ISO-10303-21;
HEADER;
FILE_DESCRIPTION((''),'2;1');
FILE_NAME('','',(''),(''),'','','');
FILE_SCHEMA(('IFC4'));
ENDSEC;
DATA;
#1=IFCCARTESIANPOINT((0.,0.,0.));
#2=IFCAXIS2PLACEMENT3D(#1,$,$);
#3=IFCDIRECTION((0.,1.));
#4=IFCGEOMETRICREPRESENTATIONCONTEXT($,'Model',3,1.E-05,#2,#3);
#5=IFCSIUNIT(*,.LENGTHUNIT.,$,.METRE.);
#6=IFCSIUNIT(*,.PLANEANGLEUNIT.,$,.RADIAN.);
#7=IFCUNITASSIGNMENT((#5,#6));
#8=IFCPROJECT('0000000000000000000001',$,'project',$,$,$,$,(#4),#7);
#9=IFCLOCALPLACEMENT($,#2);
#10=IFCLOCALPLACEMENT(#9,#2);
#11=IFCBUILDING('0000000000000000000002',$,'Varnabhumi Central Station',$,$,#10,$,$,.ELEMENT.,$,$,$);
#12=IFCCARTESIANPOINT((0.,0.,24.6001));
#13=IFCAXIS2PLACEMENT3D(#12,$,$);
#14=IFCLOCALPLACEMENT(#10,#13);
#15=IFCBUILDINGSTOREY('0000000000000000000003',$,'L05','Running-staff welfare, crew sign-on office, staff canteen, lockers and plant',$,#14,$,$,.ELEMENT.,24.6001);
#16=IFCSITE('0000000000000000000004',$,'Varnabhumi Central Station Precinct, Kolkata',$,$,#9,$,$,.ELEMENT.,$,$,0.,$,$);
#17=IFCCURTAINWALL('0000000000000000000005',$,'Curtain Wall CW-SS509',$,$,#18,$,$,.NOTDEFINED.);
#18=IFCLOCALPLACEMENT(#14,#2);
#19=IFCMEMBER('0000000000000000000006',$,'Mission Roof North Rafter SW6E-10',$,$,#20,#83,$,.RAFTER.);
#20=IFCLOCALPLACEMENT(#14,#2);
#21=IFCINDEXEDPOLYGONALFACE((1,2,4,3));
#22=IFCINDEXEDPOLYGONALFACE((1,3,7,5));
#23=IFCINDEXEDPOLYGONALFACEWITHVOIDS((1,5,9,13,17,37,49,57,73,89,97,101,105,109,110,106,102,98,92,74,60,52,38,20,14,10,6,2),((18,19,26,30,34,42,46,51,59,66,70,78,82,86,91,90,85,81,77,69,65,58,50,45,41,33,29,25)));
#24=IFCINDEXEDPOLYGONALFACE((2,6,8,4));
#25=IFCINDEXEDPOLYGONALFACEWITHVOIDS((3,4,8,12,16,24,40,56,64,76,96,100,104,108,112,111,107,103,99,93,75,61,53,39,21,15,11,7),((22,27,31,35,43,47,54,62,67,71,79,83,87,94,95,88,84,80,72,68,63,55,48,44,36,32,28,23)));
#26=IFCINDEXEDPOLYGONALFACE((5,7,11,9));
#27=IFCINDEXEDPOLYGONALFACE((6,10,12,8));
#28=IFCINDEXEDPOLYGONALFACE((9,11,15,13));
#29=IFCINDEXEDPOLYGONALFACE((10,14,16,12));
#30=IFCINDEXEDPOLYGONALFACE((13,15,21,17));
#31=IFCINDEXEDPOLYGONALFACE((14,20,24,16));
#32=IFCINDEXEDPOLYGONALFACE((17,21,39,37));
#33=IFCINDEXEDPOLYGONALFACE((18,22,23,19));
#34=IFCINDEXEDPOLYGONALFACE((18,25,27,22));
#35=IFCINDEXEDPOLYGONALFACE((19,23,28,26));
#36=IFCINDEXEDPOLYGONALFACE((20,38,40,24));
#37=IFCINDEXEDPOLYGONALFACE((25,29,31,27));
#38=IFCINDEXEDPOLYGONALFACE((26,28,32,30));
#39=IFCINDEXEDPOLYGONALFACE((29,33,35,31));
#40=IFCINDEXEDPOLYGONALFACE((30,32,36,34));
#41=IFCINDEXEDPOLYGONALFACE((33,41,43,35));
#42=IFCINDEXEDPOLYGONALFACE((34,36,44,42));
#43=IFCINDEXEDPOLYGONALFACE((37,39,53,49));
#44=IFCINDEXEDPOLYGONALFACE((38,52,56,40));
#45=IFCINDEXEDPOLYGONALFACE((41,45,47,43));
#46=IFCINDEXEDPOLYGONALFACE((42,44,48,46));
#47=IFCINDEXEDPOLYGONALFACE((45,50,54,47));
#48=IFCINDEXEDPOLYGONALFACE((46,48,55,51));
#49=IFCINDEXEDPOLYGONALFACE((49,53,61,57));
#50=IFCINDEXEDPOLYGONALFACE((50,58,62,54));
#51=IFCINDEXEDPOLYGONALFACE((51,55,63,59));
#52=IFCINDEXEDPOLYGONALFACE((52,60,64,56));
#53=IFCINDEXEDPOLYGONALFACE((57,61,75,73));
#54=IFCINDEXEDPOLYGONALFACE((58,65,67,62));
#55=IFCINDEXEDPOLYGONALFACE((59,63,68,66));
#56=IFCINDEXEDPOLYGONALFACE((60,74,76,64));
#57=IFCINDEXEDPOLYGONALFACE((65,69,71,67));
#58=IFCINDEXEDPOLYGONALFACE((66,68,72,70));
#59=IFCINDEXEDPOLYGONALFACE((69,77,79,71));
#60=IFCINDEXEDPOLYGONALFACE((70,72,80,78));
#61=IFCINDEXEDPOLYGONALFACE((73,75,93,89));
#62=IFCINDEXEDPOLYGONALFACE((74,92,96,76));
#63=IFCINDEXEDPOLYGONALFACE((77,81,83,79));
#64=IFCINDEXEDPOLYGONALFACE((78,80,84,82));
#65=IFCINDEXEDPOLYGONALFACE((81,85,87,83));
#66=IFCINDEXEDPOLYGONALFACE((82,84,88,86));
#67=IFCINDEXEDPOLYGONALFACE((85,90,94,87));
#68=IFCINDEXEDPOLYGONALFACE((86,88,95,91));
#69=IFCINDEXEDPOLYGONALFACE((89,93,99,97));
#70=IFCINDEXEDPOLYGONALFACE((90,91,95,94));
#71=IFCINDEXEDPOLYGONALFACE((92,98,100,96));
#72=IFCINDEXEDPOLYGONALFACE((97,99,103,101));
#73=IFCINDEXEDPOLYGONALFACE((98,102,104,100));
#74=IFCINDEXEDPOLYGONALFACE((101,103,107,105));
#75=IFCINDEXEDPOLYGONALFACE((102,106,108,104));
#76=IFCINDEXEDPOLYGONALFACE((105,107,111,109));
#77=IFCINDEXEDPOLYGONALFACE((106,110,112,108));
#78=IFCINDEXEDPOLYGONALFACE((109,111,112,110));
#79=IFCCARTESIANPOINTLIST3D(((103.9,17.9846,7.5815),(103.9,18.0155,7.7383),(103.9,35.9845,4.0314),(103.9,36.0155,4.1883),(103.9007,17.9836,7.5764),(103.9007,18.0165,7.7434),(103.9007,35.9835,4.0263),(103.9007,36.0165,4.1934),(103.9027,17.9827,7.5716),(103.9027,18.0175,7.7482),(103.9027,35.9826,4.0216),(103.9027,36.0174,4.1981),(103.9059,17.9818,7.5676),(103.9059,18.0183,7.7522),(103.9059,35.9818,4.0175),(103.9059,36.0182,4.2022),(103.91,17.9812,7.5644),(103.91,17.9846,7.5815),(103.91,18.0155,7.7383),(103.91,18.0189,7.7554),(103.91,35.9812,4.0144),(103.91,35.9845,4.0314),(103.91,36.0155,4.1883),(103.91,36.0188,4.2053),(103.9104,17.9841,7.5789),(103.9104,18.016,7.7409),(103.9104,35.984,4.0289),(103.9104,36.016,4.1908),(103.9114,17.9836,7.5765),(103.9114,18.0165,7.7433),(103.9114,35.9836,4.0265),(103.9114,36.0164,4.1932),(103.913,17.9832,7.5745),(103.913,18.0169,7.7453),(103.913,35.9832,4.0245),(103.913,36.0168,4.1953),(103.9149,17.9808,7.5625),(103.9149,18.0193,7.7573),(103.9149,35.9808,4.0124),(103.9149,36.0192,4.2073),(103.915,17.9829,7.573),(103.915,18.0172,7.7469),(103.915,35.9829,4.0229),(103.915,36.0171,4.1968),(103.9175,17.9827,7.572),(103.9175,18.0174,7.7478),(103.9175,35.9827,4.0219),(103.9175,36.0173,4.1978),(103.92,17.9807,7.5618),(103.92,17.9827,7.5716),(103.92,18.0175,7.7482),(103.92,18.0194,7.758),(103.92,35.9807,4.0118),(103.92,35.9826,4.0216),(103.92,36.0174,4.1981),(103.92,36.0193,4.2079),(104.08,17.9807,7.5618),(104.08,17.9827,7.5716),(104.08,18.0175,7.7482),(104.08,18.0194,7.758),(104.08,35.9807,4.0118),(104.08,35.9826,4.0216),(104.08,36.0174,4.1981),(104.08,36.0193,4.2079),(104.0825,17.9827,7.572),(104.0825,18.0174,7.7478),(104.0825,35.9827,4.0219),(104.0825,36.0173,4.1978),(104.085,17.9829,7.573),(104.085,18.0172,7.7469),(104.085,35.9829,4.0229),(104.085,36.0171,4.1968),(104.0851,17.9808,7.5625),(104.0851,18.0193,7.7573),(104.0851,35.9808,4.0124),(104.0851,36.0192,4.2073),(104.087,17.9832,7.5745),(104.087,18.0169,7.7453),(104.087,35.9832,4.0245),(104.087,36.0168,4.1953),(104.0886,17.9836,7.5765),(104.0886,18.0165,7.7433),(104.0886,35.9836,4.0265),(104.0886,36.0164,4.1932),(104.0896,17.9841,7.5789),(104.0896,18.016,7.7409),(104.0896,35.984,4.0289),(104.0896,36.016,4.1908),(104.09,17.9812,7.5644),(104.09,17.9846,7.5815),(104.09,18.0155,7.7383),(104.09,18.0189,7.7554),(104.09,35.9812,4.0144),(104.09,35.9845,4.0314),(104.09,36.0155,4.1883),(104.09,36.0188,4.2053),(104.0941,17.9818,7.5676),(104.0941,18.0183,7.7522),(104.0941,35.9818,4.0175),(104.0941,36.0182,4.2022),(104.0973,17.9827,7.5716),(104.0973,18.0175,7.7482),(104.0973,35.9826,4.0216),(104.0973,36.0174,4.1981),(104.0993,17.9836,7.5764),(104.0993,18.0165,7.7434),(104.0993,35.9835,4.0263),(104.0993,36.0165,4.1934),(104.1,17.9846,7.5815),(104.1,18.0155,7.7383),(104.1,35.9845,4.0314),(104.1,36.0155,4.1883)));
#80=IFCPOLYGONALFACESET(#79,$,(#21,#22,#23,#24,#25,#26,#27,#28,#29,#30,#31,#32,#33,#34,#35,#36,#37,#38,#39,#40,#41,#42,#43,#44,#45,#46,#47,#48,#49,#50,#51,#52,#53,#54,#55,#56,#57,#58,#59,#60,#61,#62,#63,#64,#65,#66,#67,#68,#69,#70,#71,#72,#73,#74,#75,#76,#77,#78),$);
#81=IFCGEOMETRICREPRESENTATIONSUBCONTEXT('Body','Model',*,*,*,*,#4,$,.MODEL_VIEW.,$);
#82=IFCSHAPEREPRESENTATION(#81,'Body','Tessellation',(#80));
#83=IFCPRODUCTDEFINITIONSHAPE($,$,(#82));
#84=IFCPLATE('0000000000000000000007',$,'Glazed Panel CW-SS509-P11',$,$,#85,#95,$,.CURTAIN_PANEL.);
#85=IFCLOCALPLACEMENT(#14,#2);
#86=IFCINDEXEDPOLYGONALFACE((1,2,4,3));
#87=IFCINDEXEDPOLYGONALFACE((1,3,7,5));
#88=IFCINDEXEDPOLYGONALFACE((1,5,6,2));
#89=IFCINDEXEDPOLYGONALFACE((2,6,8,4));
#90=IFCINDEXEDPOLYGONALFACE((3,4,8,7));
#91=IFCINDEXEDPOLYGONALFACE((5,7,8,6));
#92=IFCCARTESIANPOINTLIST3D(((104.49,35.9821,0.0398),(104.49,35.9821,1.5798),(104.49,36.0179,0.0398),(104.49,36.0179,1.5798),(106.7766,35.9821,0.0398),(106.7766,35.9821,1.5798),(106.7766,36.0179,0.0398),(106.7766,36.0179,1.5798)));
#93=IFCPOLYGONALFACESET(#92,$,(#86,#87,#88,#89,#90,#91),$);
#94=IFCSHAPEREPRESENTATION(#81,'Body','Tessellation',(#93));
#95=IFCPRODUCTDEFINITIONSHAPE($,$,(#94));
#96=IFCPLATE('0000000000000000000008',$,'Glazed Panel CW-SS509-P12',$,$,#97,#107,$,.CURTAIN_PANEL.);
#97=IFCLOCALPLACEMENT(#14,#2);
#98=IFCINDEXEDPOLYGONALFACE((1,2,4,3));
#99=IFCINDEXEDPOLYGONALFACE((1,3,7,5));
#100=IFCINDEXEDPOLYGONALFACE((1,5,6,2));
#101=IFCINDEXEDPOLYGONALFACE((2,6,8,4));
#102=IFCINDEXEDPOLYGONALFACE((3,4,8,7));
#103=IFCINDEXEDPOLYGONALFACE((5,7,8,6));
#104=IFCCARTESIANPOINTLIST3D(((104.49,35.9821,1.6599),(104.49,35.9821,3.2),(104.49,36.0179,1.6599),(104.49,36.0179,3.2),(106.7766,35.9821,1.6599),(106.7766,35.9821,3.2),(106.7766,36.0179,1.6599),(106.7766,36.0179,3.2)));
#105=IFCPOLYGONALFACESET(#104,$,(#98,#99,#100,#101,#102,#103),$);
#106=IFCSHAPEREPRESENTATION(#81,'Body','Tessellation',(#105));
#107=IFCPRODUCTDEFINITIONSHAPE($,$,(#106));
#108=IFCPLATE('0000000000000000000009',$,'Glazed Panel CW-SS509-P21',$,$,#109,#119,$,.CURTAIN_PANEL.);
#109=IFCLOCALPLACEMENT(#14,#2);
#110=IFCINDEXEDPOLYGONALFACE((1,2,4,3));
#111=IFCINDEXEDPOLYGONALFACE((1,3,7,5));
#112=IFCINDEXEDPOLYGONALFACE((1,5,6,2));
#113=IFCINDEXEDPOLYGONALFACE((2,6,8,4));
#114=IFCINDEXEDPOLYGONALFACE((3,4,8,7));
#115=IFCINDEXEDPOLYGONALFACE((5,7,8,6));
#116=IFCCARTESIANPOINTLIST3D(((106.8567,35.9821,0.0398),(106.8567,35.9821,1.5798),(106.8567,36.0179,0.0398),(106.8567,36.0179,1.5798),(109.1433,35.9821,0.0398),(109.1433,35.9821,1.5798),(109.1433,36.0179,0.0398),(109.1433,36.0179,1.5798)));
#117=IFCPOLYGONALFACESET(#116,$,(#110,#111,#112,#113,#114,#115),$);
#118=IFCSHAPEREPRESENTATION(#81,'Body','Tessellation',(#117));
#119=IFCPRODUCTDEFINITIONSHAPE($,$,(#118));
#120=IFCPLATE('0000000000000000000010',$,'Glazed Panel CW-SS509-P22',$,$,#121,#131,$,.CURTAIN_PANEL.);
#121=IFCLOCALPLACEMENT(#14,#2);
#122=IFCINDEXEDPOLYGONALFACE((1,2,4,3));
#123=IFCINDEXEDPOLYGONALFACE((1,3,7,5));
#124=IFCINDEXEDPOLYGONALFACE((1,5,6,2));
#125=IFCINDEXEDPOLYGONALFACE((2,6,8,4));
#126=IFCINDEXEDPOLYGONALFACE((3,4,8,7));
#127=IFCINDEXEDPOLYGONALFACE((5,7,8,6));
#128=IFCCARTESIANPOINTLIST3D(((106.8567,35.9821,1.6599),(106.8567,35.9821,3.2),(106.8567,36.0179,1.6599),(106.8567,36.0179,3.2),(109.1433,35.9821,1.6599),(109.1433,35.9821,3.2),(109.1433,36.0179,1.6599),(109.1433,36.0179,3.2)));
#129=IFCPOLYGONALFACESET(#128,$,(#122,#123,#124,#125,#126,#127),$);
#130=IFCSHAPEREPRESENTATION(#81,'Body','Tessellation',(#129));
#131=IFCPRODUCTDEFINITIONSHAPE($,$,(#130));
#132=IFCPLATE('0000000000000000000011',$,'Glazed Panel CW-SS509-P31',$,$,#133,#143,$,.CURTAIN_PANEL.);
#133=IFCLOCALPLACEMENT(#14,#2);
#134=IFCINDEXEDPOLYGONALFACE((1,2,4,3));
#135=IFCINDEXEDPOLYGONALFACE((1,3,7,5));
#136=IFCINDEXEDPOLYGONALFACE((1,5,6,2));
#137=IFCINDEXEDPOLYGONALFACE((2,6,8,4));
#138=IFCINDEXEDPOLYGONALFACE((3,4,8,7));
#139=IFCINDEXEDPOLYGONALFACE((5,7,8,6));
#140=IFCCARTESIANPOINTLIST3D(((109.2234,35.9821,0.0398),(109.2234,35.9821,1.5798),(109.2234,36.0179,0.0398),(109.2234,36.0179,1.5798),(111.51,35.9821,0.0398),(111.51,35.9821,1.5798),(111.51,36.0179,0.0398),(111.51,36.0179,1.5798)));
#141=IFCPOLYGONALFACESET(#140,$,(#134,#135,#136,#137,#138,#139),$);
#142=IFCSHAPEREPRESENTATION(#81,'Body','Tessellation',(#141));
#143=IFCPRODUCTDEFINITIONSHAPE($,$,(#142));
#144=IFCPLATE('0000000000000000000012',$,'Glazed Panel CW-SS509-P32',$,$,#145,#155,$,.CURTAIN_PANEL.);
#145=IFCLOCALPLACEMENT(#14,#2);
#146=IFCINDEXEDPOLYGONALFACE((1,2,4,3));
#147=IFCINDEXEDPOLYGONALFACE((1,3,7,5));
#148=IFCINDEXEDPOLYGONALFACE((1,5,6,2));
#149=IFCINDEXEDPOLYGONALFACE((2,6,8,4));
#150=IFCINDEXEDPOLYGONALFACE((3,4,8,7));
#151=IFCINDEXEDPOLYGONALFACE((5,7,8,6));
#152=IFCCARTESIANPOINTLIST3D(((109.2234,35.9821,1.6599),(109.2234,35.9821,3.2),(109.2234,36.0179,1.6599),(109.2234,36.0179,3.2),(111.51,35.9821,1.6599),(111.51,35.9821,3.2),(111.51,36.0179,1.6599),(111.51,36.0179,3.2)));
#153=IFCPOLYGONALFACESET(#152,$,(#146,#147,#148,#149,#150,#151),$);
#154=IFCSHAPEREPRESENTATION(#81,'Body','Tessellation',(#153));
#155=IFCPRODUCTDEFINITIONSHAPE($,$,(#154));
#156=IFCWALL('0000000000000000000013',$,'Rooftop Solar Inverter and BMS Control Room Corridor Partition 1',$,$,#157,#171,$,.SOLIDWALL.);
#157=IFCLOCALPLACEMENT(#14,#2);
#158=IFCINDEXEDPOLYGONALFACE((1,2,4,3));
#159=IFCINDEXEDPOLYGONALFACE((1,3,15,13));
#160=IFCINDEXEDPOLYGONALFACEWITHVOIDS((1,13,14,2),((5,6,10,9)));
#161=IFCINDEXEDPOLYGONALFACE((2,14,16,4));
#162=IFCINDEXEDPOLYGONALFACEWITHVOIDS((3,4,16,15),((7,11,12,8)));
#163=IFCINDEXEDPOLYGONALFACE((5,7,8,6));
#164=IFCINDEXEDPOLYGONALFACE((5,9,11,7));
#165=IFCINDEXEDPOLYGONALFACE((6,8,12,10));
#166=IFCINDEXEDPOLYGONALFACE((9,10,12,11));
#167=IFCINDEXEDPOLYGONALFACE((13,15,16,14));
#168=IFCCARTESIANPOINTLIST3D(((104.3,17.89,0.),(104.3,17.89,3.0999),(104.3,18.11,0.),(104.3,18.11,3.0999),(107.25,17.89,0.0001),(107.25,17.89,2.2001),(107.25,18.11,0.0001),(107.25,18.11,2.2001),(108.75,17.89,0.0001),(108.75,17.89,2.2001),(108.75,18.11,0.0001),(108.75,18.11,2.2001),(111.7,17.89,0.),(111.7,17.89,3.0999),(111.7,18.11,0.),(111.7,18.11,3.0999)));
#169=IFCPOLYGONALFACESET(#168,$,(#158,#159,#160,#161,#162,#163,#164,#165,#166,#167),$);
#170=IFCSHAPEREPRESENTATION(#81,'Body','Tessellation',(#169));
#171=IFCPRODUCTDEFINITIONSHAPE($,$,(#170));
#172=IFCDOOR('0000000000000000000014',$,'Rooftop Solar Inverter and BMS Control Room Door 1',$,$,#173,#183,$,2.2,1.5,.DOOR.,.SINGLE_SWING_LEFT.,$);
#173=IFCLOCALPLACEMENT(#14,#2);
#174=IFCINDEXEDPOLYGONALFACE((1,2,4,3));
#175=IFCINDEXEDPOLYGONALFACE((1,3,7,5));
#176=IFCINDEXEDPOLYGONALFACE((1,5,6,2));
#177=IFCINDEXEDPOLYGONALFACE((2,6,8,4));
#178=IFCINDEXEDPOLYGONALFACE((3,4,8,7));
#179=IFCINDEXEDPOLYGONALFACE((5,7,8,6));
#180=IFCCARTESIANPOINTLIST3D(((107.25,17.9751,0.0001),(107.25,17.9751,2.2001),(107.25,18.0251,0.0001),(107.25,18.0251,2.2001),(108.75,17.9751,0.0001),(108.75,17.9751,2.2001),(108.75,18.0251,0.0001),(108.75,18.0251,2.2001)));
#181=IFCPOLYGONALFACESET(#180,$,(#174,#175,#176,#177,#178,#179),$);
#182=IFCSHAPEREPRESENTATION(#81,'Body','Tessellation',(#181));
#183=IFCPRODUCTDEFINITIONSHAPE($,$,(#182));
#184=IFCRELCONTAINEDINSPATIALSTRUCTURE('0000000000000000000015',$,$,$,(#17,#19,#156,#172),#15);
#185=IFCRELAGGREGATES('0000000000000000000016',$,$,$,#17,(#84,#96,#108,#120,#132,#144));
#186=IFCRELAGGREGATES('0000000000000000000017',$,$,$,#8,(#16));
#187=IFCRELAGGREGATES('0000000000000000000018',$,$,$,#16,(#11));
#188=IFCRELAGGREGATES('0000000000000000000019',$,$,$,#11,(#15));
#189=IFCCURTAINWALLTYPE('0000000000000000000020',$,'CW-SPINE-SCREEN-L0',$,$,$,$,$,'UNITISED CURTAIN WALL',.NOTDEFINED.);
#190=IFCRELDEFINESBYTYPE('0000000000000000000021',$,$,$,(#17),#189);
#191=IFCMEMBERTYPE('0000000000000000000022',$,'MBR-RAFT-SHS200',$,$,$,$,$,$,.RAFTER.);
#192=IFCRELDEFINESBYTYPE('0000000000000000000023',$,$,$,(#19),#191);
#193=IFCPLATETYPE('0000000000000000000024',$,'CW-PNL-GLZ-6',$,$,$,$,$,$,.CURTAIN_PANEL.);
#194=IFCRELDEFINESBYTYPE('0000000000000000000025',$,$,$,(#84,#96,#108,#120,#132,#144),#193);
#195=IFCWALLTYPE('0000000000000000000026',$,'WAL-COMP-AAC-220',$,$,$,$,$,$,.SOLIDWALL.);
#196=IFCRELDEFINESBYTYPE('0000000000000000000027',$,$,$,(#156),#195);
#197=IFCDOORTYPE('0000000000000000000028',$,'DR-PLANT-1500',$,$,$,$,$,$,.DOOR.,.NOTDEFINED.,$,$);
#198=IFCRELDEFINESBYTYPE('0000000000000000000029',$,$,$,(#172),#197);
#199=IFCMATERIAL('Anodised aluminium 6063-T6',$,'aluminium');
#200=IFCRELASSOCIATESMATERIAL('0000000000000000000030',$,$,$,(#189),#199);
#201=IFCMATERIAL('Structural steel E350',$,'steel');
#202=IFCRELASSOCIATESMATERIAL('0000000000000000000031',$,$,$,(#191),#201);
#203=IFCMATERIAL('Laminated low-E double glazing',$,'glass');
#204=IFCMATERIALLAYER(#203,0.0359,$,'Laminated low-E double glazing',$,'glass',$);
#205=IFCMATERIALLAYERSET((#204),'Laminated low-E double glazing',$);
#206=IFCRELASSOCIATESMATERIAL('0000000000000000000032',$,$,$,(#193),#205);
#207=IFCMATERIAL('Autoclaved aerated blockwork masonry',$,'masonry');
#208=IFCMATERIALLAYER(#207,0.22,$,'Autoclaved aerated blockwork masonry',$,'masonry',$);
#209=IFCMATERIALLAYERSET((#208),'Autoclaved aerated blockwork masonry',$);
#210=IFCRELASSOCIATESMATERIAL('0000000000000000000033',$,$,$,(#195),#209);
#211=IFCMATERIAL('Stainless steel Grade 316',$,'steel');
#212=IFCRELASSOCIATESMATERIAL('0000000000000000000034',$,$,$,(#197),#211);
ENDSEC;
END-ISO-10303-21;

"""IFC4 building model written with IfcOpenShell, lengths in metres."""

from ifc_helpers import new_model, si_unit, direction, frame, frame_2d, origin, origin_2d, place, context, subcontext, project, spatial, rectangle, hollow_rectangle, extrude, material, layer, layer_set, material_profile, profile_set, type_object, element, fill, aggregate, save


model = new_model("IFC4")

# Units and contexts
model_context = context("Model", 3, precision=1e-05, world=origin(), true_north=direction((0.0, 1.0)))
body_context = subcontext(model_context, "Body", "Model", "MODEL_VIEW")
ifc_project = project(units=[si_unit("LENGTHUNIT", "METRE"), si_unit("PLANEANGLEUNIT", "RADIAN")], contexts=[model_context])

# Site, building, storey
site_placement = place(None, origin())
site = spatial("IfcSite", under=ifc_project, at=site_placement, Name="Varnabhumi Central Station Precinct, Kolkata", CompositionType="ELEMENT", RefElevation=0.0)
building_placement = place(site_placement, origin())
building = spatial("IfcBuilding", under=site, at=building_placement, Name="Varnabhumi Central Station", CompositionType="ELEMENT")
storey_placement = place(building_placement, frame((0.0, 0.0, 24.6001)))
storey = spatial("IfcBuildingStorey", under=building, at=storey_placement, Name="L05", Description="Running-staff welfare, crew sign-on office, staff canteen, lockers and plant", CompositionType="ELEMENT", Elevation=24.6001)

# Shared definitions
ifc_material_1 = material(Name="Structural steel E350", Category="steel")

# Curtain wall
ifc_material_2 = material(Name="Anodised aluminium 6063-T6", Category="aluminium")
curtain_wall_type = type_object("IfcCurtainWallType", Name="CW-SPINE-SCREEN-L0", ElementType="UNITISED CURTAIN WALL", PredefinedType="NOTDEFINED", material=ifc_material_2)
curtain_wall_placement = place(storey_placement, origin())
curtain_wall = element("IfcCurtainWall", 1, at=curtain_wall_placement, inside=storey, type_object=curtain_wall_type, Name="Curtain Wall CW-SS509", PredefinedType="NOTDEFINED")

# Member
ifc_material_profile_1 = material_profile(ifc_material_1, hollow_rectangle(XDim=0.2, YDim=0.2, WallThickness=0.01, InnerFilletRadius=0.01, OuterFilletRadius=0.02, at=origin_2d()), Name="Structural steel E350", Category="steel")
ifc_profile_set_1 = profile_set([ifc_material_profile_1], Name="Structural steel E350")
member_type_1 = type_object("IfcMemberType", Name="MBR-RAFT-SHS200", PredefinedType="RAFTER", material=ifc_profile_set_1)
member_1_placement = place(storey_placement, frame((104.0, 36.0, 4.1099), z_axis=(0.0, -0.981101, 0.193498), x_axis=(1.0, 0.0, 0.0)))
element("IfcMember", 2, at=member_1_placement, inside=storey, type_object=member_type_1, Name="Mission Roof North Rafter SW6E-10", PredefinedType="RAFTER", context=body_context, shape_type="SweptSolid", body=[
    extrude(hollow_rectangle(XDim=0.2, YDim=0.2, WallThickness=0.01, InnerFilletRadius=0.01, OuterFilletRadius=0.02, at=origin_2d()), origin(), (0.0, 0.0, 1.0), 18.3467),
])

# Plates
ifc_material_3 = material(Name="Laminated low-E double glazing", Category="glass")
ifc_layer_1 = layer(ifc_material_3, 0.0359, Name="Laminated low-E double glazing", Category="glass")
ifc_layer_set_1 = layer_set([ifc_layer_1], Name="Laminated low-E double glazing")
plate_type = type_object("IfcPlateType", Name="CW-PNL-GLZ-6", PredefinedType="CURTAIN_PANEL", material=ifc_layer_set_1)
plate_1_placement = place(storey_placement, frame((105.6333, 36.0, 0.0398), z_axis=(0.0, 0.0, 1.0), x_axis=(1.0, 0.0, 0.0)))
plate_1 = element("IfcPlate", 3, at=plate_1_placement, type_object=plate_type, Name="Glazed Panel CW-SS509-P11", PredefinedType="CURTAIN_PANEL", context=body_context, shape_type="SweptSolid", body=[
    extrude(rectangle(XDim=2.2866, YDim=0.0359, at=origin_2d()), origin(), (0.0, 0.0, 1.0), 1.54),
])
plate_2_placement = place(storey_placement, frame((105.6333, 36.0, 1.6599), z_axis=(0.0, 0.0, 1.0), x_axis=(1.0, 0.0, 0.0)))
plate_2 = element("IfcPlate", 4, at=plate_2_placement, type_object=plate_type, Name="Glazed Panel CW-SS509-P12", PredefinedType="CURTAIN_PANEL", context=body_context, shape_type="SweptSolid", body=[
    extrude(rectangle(XDim=2.2866, YDim=0.0359, at=origin_2d()), origin(), (0.0, 0.0, 1.0), 1.54),
])
plate_3_placement = place(storey_placement, frame((108.0, 36.0, 0.0398), z_axis=(0.0, 0.0, 1.0), x_axis=(1.0, 0.0, 0.0)))
plate_3 = element("IfcPlate", 5, at=plate_3_placement, type_object=plate_type, Name="Glazed Panel CW-SS509-P21", PredefinedType="CURTAIN_PANEL", context=body_context, shape_type="SweptSolid", body=[
    extrude(rectangle(XDim=2.2866, YDim=0.0359, at=origin_2d()), origin(), (0.0, 0.0, 1.0), 1.54),
])
plate_4_placement = place(storey_placement, frame((108.0, 36.0, 1.6599), z_axis=(0.0, 0.0, 1.0), x_axis=(1.0, 0.0, 0.0)))
plate_4 = element("IfcPlate", 6, at=plate_4_placement, type_object=plate_type, Name="Glazed Panel CW-SS509-P22", PredefinedType="CURTAIN_PANEL", context=body_context, shape_type="SweptSolid", body=[
    extrude(rectangle(XDim=2.2866, YDim=0.0359, at=origin_2d()), origin(), (0.0, 0.0, 1.0), 1.54),
])
plate_5_placement = place(storey_placement, frame((110.3667, 36.0, 0.0398), z_axis=(0.0, 0.0, 1.0), x_axis=(1.0, 0.0, 0.0)))
plate_5 = element("IfcPlate", 7, at=plate_5_placement, type_object=plate_type, Name="Glazed Panel CW-SS509-P31", PredefinedType="CURTAIN_PANEL", context=body_context, shape_type="SweptSolid", body=[
    extrude(rectangle(XDim=2.2866, YDim=0.0359, at=origin_2d()), origin(), (0.0, 0.0, 1.0), 1.54),
])
plate_6_placement = place(storey_placement, frame((110.3667, 36.0, 1.6599), z_axis=(0.0, 0.0, 1.0), x_axis=(1.0, 0.0, 0.0)))
plate_6 = element("IfcPlate", 8, at=plate_6_placement, type_object=plate_type, Name="Glazed Panel CW-SS509-P32", PredefinedType="CURTAIN_PANEL", context=body_context, shape_type="SweptSolid", body=[
    extrude(rectangle(XDim=2.2866, YDim=0.0359, at=origin_2d()), origin(), (0.0, 0.0, 1.0), 1.54),
])
aggregate(curtain_wall, [plate_1, plate_2, plate_3, plate_4, plate_5, plate_6])

# Wall, opening, door
ifc_material_4 = material(Name="Autoclaved aerated blockwork masonry", Category="masonry")
ifc_layer_2 = layer(ifc_material_4, 0.22, Name="Autoclaved aerated blockwork masonry", Category="masonry")
ifc_layer_set_2 = layer_set([ifc_layer_2], Name="Autoclaved aerated blockwork masonry")
wall_type = type_object("IfcWallType", Name="WAL-COMP-AAC-220", PredefinedType="SOLIDWALL", material=ifc_layer_set_2)
wall_placement = place(storey_placement, frame((104.3, 18.0, 0.0), z_axis=(0.0, 0.0, 1.0), x_axis=(1.0, 0.0, 0.0)))
wall = element("IfcWall", 9, at=wall_placement, inside=storey, type_object=wall_type, Name="Rooftop Solar Inverter and BMS Control Room Corridor Partition 1", PredefinedType="SOLIDWALL", context=body_context, shape_type="SweptSolid", body=[
    extrude(rectangle(XDim=7.3999, YDim=0.22, at=frame_2d((3.7, 0.0))), origin(), (0.0, 0.0, 1.0), 3.0999),
])
opening_placement = place(wall_placement, frame((2.95, 0.0, 0.0)))
opening = element("IfcOpeningElement", 10, at=opening_placement, cuts=wall, PredefinedType="OPENING", context=body_context, shape_type="SweptSolid", body=[
    extrude(rectangle(XDim=1.5, YDim=2.2, at=frame_2d((0.75, 1.1001))), frame((0.0, 0.1199, 0.0), z_axis=(0.0, -1.0, 0.0), x_axis=(1.0, 0.0, 0.0)), (0.0, 0.0, 1.0), 0.24),
])
ifc_material_5 = material(Name="Stainless steel Grade 316", Category="steel")
door_type = type_object("IfcDoorType", Name="DR-PLANT-1500", OperationType="NOTDEFINED", PredefinedType="DOOR", material=ifc_material_5)
door_placement = place(opening_placement, frame((1.5, 0.0, 0.0), z_axis=(0.0, 0.0, 1.0), x_axis=(-1.0, 0.0, 0.0)))
door = element("IfcDoor", 11, at=door_placement, inside=storey, type_object=door_type, Name="Rooftop Solar Inverter and BMS Control Room Door 1", OperationType="SINGLE_SWING_LEFT", OverallHeight=2.2, OverallWidth=1.5, PredefinedType="DOOR", context=body_context, shape_type="SweptSolid", body=[
    extrude(rectangle(XDim=1.5, YDim=2.2, at=frame_2d((0.75, 1.1001))), frame((0.0, 0.0249, 0.0), z_axis=(0.0, -1.0, 0.0), x_axis=(1.0, 0.0, 0.0)), (0.0, 0.0, 1.0), 0.05),
])
fill(opening, door)

save(model, "model.ifc")
